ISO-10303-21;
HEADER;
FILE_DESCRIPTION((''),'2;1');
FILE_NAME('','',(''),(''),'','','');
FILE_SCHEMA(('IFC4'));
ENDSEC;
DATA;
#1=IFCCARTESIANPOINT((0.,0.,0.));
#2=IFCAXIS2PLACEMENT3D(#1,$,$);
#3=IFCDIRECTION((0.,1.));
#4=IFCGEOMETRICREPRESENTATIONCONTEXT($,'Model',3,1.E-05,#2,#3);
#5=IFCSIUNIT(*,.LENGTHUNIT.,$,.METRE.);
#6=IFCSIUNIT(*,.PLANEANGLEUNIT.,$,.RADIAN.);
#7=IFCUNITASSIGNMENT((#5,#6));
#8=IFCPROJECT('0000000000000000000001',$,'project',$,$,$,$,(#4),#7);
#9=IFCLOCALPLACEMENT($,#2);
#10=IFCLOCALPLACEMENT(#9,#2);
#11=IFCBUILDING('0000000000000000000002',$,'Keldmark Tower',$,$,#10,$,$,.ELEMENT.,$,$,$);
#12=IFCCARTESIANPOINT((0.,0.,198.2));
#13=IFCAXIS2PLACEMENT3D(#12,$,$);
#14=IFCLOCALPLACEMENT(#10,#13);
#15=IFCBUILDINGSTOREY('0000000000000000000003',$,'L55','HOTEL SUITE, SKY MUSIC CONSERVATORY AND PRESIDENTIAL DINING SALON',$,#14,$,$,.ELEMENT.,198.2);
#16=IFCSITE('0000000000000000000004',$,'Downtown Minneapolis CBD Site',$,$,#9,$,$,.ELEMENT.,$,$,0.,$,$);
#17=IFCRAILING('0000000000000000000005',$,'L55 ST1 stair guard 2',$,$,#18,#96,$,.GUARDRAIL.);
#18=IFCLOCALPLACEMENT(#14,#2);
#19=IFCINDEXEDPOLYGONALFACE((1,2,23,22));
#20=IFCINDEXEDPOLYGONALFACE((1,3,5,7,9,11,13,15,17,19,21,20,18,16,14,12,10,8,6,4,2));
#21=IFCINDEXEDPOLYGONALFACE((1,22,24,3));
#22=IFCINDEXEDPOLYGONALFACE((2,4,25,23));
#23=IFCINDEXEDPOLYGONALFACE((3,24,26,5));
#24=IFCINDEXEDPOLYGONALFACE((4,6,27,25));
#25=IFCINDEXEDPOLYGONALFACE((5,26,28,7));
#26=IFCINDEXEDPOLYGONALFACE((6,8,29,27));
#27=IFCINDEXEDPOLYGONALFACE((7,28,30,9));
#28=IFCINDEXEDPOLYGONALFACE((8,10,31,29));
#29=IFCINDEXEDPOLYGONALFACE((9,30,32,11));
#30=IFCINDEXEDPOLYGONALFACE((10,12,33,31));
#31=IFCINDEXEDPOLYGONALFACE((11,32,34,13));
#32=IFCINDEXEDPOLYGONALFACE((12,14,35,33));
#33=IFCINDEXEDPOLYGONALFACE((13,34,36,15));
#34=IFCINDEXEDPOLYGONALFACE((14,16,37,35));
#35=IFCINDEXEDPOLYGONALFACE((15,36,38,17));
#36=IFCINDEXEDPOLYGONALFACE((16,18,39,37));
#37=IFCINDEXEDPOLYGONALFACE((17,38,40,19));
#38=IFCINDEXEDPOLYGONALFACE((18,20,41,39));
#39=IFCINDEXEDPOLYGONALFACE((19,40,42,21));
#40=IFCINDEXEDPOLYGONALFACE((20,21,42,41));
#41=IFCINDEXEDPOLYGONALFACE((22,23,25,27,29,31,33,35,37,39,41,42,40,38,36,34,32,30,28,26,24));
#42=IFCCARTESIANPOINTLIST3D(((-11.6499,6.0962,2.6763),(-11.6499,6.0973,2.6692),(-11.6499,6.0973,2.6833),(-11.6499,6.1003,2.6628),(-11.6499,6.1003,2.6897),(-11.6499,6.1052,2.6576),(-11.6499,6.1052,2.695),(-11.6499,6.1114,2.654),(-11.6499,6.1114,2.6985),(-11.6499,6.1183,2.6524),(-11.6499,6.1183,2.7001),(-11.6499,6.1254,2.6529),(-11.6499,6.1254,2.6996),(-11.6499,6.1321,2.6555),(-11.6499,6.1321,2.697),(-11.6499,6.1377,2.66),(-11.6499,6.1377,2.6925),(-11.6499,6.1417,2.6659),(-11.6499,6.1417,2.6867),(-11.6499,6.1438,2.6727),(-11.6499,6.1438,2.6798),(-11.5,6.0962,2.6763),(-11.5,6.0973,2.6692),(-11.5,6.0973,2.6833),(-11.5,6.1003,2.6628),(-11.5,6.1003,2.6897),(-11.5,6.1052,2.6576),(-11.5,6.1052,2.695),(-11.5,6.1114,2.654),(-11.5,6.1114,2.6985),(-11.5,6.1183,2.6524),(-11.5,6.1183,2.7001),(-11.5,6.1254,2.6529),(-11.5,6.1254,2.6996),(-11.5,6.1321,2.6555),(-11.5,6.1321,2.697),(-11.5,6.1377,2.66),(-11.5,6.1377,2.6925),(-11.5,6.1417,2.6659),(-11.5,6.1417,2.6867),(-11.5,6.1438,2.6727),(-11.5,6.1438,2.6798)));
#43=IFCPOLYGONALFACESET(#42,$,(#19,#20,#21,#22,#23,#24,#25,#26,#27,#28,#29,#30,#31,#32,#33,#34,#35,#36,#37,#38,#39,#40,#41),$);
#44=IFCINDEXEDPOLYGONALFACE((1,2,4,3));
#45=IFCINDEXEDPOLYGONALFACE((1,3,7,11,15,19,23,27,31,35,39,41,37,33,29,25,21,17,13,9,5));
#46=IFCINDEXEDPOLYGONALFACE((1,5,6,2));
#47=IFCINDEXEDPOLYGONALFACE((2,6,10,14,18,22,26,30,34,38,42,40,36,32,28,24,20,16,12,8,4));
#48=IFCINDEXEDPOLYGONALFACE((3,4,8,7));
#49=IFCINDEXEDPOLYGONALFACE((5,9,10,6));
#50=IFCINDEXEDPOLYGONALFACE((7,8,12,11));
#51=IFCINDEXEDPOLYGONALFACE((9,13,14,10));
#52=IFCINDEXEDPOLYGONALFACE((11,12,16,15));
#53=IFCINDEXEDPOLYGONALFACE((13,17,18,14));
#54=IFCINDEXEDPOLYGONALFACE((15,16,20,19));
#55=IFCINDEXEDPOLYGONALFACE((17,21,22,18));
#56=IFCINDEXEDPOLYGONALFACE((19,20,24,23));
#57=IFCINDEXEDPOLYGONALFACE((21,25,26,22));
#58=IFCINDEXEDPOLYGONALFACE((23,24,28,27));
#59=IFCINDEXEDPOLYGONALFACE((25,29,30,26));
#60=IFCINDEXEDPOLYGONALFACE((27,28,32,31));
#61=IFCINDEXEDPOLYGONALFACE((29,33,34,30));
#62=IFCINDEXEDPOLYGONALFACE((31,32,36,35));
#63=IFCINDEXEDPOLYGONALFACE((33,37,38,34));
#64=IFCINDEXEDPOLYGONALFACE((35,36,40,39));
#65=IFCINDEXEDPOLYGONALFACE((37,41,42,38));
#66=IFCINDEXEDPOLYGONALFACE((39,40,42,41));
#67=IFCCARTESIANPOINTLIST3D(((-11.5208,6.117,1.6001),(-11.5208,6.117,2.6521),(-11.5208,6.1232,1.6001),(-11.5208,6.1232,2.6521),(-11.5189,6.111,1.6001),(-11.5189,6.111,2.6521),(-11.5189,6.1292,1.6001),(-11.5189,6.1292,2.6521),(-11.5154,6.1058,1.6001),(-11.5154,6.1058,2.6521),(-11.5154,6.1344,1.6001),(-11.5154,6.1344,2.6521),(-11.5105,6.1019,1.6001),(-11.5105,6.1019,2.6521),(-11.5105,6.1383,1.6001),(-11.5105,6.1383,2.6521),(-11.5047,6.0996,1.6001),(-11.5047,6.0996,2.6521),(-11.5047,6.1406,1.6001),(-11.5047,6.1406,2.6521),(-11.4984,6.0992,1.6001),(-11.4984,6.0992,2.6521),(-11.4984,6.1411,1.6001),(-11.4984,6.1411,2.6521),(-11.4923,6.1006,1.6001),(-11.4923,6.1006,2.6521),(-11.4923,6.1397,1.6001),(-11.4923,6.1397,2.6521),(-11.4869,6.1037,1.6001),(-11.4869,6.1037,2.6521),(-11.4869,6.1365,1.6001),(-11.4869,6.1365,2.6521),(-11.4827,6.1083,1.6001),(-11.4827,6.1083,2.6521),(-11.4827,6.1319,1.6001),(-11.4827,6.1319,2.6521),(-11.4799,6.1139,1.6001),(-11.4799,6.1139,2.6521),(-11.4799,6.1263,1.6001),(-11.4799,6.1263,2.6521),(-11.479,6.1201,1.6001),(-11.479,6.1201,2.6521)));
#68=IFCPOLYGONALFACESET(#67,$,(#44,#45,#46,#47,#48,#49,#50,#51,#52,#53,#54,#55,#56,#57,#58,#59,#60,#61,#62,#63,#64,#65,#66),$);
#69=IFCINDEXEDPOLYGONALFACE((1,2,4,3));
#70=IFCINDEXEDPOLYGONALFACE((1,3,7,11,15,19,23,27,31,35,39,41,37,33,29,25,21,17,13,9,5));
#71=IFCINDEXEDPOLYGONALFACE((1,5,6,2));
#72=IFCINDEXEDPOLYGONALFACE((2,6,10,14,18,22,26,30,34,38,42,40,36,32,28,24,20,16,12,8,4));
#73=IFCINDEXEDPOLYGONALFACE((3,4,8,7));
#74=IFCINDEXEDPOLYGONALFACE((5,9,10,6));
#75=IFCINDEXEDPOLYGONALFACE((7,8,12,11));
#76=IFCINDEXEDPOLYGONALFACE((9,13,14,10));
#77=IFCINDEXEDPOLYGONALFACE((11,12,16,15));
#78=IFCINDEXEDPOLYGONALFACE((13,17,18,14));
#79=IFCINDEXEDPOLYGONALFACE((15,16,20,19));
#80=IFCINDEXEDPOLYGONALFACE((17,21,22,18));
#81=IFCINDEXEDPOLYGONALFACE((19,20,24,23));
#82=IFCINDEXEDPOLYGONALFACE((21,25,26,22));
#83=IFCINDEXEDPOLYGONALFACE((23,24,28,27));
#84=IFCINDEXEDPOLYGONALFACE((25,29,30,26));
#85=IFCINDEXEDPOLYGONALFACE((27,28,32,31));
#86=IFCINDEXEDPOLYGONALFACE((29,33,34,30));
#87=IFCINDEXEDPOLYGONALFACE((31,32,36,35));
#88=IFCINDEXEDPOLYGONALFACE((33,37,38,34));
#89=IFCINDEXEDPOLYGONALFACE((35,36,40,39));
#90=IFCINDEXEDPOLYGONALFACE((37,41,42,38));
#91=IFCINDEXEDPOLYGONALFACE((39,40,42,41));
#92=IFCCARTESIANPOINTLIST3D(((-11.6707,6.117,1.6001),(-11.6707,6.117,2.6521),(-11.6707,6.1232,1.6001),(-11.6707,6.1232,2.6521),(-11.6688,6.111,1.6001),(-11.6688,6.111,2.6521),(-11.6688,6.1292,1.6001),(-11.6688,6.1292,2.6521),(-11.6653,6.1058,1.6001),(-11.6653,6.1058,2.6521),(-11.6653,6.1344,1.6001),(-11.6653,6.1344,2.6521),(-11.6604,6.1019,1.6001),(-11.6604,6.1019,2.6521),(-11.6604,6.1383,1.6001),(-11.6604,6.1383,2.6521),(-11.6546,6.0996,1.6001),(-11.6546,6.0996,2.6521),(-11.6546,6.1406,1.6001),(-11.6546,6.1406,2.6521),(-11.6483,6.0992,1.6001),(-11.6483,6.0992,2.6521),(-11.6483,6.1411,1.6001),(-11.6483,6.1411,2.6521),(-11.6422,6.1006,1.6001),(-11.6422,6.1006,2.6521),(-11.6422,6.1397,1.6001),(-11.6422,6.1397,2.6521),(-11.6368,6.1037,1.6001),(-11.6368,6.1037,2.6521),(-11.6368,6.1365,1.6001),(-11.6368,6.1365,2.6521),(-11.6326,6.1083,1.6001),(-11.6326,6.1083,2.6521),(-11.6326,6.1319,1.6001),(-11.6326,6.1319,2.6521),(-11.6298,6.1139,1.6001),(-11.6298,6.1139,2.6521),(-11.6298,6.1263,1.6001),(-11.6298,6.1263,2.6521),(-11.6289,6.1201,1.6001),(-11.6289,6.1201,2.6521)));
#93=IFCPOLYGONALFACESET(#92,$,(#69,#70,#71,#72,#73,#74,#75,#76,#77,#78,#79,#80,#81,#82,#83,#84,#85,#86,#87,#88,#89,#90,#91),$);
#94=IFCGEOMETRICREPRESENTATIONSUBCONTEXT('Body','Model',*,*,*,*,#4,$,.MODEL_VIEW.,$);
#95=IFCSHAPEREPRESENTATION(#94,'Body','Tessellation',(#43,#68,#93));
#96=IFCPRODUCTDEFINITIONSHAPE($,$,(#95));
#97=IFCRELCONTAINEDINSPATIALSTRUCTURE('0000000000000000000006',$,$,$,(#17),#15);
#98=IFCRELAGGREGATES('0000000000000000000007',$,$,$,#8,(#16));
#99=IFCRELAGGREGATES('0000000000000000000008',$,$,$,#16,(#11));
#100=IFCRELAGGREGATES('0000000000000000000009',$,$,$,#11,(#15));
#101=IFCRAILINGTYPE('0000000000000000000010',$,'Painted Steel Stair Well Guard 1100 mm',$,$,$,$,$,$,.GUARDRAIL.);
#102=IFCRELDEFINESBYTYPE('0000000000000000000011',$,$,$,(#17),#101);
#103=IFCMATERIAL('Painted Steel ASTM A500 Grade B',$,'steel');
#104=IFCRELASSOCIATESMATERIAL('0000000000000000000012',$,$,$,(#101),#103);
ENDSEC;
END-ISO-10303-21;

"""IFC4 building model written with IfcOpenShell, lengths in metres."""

from ifc_helpers import new_model, si_unit, direction, frame, origin, origin_2d, place, context, subcontext, project, spatial, circle, extrude, material, type_object, element, save


model = new_model("IFC4")

# Units and contexts
model_context = context("Model", 3, precision=1e-05, world=origin(), true_north=direction((0.0, 1.0)))
body_context = subcontext(model_context, "Body", "Model", "MODEL_VIEW")
ifc_project = project(units=[si_unit("LENGTHUNIT", "METRE"), si_unit("PLANEANGLEUNIT", "RADIAN")], contexts=[model_context])

# Site, building, storey
site_placement = place(None, origin())
site = spatial("IfcSite", under=ifc_project, at=site_placement, Name="Downtown Minneapolis CBD Site", CompositionType="ELEMENT", RefElevation=0.0)
building_placement = place(site_placement, origin())
building = spatial("IfcBuilding", under=site, at=building_placement, Name="Keldmark Tower", CompositionType="ELEMENT")
storey_placement = place(building_placement, frame((0.0, 0.0, 198.2)))
storey = spatial("IfcBuildingStorey", under=building, at=storey_placement, Name="L55", Description="HOTEL SUITE, SKY MUSIC CONSERVATORY AND PRESIDENTIAL DINING SALON", CompositionType="ELEMENT", Elevation=198.2)

# Railing
ifc_material_1 = material(Name="Painted Steel ASTM A500 Grade B", Category="steel")
railing_type_1 = type_object("IfcRailingType", Name="Painted Steel Stair Well Guard 1100 mm", PredefinedType="GUARDRAIL", material=ifc_material_1)
railing_1_placement = place(storey_placement, frame((-11.5, 6.1201, 1.6001)))
element("IfcRailing", 1, at=railing_1_placement, inside=storey, type_object=railing_type_1, Name="L55 ST1 stair guard 2", PredefinedType="GUARDRAIL", context=body_context, shape_type="SweptSolid", body=[
    extrude(circle(Radius=0.0239, at=origin_2d()), frame((0.0, 0.0, 1.0762), z_axis=(-1.0, 0.0, 0.0), x_axis=(0.0, -1.0, 0.0)), (0.0, 0.0, 1.0), 0.1499),
    extrude(circle(Radius=0.021, at=origin_2d()), origin(), (0.0, 0.0, 1.0), 1.052),
    extrude(circle(Radius=0.021, at=origin_2d()), frame((-0.1499, 0.0, 0.0)), (0.0, 0.0, 1.0), 1.052),
])

save(model, "model.ifc")
